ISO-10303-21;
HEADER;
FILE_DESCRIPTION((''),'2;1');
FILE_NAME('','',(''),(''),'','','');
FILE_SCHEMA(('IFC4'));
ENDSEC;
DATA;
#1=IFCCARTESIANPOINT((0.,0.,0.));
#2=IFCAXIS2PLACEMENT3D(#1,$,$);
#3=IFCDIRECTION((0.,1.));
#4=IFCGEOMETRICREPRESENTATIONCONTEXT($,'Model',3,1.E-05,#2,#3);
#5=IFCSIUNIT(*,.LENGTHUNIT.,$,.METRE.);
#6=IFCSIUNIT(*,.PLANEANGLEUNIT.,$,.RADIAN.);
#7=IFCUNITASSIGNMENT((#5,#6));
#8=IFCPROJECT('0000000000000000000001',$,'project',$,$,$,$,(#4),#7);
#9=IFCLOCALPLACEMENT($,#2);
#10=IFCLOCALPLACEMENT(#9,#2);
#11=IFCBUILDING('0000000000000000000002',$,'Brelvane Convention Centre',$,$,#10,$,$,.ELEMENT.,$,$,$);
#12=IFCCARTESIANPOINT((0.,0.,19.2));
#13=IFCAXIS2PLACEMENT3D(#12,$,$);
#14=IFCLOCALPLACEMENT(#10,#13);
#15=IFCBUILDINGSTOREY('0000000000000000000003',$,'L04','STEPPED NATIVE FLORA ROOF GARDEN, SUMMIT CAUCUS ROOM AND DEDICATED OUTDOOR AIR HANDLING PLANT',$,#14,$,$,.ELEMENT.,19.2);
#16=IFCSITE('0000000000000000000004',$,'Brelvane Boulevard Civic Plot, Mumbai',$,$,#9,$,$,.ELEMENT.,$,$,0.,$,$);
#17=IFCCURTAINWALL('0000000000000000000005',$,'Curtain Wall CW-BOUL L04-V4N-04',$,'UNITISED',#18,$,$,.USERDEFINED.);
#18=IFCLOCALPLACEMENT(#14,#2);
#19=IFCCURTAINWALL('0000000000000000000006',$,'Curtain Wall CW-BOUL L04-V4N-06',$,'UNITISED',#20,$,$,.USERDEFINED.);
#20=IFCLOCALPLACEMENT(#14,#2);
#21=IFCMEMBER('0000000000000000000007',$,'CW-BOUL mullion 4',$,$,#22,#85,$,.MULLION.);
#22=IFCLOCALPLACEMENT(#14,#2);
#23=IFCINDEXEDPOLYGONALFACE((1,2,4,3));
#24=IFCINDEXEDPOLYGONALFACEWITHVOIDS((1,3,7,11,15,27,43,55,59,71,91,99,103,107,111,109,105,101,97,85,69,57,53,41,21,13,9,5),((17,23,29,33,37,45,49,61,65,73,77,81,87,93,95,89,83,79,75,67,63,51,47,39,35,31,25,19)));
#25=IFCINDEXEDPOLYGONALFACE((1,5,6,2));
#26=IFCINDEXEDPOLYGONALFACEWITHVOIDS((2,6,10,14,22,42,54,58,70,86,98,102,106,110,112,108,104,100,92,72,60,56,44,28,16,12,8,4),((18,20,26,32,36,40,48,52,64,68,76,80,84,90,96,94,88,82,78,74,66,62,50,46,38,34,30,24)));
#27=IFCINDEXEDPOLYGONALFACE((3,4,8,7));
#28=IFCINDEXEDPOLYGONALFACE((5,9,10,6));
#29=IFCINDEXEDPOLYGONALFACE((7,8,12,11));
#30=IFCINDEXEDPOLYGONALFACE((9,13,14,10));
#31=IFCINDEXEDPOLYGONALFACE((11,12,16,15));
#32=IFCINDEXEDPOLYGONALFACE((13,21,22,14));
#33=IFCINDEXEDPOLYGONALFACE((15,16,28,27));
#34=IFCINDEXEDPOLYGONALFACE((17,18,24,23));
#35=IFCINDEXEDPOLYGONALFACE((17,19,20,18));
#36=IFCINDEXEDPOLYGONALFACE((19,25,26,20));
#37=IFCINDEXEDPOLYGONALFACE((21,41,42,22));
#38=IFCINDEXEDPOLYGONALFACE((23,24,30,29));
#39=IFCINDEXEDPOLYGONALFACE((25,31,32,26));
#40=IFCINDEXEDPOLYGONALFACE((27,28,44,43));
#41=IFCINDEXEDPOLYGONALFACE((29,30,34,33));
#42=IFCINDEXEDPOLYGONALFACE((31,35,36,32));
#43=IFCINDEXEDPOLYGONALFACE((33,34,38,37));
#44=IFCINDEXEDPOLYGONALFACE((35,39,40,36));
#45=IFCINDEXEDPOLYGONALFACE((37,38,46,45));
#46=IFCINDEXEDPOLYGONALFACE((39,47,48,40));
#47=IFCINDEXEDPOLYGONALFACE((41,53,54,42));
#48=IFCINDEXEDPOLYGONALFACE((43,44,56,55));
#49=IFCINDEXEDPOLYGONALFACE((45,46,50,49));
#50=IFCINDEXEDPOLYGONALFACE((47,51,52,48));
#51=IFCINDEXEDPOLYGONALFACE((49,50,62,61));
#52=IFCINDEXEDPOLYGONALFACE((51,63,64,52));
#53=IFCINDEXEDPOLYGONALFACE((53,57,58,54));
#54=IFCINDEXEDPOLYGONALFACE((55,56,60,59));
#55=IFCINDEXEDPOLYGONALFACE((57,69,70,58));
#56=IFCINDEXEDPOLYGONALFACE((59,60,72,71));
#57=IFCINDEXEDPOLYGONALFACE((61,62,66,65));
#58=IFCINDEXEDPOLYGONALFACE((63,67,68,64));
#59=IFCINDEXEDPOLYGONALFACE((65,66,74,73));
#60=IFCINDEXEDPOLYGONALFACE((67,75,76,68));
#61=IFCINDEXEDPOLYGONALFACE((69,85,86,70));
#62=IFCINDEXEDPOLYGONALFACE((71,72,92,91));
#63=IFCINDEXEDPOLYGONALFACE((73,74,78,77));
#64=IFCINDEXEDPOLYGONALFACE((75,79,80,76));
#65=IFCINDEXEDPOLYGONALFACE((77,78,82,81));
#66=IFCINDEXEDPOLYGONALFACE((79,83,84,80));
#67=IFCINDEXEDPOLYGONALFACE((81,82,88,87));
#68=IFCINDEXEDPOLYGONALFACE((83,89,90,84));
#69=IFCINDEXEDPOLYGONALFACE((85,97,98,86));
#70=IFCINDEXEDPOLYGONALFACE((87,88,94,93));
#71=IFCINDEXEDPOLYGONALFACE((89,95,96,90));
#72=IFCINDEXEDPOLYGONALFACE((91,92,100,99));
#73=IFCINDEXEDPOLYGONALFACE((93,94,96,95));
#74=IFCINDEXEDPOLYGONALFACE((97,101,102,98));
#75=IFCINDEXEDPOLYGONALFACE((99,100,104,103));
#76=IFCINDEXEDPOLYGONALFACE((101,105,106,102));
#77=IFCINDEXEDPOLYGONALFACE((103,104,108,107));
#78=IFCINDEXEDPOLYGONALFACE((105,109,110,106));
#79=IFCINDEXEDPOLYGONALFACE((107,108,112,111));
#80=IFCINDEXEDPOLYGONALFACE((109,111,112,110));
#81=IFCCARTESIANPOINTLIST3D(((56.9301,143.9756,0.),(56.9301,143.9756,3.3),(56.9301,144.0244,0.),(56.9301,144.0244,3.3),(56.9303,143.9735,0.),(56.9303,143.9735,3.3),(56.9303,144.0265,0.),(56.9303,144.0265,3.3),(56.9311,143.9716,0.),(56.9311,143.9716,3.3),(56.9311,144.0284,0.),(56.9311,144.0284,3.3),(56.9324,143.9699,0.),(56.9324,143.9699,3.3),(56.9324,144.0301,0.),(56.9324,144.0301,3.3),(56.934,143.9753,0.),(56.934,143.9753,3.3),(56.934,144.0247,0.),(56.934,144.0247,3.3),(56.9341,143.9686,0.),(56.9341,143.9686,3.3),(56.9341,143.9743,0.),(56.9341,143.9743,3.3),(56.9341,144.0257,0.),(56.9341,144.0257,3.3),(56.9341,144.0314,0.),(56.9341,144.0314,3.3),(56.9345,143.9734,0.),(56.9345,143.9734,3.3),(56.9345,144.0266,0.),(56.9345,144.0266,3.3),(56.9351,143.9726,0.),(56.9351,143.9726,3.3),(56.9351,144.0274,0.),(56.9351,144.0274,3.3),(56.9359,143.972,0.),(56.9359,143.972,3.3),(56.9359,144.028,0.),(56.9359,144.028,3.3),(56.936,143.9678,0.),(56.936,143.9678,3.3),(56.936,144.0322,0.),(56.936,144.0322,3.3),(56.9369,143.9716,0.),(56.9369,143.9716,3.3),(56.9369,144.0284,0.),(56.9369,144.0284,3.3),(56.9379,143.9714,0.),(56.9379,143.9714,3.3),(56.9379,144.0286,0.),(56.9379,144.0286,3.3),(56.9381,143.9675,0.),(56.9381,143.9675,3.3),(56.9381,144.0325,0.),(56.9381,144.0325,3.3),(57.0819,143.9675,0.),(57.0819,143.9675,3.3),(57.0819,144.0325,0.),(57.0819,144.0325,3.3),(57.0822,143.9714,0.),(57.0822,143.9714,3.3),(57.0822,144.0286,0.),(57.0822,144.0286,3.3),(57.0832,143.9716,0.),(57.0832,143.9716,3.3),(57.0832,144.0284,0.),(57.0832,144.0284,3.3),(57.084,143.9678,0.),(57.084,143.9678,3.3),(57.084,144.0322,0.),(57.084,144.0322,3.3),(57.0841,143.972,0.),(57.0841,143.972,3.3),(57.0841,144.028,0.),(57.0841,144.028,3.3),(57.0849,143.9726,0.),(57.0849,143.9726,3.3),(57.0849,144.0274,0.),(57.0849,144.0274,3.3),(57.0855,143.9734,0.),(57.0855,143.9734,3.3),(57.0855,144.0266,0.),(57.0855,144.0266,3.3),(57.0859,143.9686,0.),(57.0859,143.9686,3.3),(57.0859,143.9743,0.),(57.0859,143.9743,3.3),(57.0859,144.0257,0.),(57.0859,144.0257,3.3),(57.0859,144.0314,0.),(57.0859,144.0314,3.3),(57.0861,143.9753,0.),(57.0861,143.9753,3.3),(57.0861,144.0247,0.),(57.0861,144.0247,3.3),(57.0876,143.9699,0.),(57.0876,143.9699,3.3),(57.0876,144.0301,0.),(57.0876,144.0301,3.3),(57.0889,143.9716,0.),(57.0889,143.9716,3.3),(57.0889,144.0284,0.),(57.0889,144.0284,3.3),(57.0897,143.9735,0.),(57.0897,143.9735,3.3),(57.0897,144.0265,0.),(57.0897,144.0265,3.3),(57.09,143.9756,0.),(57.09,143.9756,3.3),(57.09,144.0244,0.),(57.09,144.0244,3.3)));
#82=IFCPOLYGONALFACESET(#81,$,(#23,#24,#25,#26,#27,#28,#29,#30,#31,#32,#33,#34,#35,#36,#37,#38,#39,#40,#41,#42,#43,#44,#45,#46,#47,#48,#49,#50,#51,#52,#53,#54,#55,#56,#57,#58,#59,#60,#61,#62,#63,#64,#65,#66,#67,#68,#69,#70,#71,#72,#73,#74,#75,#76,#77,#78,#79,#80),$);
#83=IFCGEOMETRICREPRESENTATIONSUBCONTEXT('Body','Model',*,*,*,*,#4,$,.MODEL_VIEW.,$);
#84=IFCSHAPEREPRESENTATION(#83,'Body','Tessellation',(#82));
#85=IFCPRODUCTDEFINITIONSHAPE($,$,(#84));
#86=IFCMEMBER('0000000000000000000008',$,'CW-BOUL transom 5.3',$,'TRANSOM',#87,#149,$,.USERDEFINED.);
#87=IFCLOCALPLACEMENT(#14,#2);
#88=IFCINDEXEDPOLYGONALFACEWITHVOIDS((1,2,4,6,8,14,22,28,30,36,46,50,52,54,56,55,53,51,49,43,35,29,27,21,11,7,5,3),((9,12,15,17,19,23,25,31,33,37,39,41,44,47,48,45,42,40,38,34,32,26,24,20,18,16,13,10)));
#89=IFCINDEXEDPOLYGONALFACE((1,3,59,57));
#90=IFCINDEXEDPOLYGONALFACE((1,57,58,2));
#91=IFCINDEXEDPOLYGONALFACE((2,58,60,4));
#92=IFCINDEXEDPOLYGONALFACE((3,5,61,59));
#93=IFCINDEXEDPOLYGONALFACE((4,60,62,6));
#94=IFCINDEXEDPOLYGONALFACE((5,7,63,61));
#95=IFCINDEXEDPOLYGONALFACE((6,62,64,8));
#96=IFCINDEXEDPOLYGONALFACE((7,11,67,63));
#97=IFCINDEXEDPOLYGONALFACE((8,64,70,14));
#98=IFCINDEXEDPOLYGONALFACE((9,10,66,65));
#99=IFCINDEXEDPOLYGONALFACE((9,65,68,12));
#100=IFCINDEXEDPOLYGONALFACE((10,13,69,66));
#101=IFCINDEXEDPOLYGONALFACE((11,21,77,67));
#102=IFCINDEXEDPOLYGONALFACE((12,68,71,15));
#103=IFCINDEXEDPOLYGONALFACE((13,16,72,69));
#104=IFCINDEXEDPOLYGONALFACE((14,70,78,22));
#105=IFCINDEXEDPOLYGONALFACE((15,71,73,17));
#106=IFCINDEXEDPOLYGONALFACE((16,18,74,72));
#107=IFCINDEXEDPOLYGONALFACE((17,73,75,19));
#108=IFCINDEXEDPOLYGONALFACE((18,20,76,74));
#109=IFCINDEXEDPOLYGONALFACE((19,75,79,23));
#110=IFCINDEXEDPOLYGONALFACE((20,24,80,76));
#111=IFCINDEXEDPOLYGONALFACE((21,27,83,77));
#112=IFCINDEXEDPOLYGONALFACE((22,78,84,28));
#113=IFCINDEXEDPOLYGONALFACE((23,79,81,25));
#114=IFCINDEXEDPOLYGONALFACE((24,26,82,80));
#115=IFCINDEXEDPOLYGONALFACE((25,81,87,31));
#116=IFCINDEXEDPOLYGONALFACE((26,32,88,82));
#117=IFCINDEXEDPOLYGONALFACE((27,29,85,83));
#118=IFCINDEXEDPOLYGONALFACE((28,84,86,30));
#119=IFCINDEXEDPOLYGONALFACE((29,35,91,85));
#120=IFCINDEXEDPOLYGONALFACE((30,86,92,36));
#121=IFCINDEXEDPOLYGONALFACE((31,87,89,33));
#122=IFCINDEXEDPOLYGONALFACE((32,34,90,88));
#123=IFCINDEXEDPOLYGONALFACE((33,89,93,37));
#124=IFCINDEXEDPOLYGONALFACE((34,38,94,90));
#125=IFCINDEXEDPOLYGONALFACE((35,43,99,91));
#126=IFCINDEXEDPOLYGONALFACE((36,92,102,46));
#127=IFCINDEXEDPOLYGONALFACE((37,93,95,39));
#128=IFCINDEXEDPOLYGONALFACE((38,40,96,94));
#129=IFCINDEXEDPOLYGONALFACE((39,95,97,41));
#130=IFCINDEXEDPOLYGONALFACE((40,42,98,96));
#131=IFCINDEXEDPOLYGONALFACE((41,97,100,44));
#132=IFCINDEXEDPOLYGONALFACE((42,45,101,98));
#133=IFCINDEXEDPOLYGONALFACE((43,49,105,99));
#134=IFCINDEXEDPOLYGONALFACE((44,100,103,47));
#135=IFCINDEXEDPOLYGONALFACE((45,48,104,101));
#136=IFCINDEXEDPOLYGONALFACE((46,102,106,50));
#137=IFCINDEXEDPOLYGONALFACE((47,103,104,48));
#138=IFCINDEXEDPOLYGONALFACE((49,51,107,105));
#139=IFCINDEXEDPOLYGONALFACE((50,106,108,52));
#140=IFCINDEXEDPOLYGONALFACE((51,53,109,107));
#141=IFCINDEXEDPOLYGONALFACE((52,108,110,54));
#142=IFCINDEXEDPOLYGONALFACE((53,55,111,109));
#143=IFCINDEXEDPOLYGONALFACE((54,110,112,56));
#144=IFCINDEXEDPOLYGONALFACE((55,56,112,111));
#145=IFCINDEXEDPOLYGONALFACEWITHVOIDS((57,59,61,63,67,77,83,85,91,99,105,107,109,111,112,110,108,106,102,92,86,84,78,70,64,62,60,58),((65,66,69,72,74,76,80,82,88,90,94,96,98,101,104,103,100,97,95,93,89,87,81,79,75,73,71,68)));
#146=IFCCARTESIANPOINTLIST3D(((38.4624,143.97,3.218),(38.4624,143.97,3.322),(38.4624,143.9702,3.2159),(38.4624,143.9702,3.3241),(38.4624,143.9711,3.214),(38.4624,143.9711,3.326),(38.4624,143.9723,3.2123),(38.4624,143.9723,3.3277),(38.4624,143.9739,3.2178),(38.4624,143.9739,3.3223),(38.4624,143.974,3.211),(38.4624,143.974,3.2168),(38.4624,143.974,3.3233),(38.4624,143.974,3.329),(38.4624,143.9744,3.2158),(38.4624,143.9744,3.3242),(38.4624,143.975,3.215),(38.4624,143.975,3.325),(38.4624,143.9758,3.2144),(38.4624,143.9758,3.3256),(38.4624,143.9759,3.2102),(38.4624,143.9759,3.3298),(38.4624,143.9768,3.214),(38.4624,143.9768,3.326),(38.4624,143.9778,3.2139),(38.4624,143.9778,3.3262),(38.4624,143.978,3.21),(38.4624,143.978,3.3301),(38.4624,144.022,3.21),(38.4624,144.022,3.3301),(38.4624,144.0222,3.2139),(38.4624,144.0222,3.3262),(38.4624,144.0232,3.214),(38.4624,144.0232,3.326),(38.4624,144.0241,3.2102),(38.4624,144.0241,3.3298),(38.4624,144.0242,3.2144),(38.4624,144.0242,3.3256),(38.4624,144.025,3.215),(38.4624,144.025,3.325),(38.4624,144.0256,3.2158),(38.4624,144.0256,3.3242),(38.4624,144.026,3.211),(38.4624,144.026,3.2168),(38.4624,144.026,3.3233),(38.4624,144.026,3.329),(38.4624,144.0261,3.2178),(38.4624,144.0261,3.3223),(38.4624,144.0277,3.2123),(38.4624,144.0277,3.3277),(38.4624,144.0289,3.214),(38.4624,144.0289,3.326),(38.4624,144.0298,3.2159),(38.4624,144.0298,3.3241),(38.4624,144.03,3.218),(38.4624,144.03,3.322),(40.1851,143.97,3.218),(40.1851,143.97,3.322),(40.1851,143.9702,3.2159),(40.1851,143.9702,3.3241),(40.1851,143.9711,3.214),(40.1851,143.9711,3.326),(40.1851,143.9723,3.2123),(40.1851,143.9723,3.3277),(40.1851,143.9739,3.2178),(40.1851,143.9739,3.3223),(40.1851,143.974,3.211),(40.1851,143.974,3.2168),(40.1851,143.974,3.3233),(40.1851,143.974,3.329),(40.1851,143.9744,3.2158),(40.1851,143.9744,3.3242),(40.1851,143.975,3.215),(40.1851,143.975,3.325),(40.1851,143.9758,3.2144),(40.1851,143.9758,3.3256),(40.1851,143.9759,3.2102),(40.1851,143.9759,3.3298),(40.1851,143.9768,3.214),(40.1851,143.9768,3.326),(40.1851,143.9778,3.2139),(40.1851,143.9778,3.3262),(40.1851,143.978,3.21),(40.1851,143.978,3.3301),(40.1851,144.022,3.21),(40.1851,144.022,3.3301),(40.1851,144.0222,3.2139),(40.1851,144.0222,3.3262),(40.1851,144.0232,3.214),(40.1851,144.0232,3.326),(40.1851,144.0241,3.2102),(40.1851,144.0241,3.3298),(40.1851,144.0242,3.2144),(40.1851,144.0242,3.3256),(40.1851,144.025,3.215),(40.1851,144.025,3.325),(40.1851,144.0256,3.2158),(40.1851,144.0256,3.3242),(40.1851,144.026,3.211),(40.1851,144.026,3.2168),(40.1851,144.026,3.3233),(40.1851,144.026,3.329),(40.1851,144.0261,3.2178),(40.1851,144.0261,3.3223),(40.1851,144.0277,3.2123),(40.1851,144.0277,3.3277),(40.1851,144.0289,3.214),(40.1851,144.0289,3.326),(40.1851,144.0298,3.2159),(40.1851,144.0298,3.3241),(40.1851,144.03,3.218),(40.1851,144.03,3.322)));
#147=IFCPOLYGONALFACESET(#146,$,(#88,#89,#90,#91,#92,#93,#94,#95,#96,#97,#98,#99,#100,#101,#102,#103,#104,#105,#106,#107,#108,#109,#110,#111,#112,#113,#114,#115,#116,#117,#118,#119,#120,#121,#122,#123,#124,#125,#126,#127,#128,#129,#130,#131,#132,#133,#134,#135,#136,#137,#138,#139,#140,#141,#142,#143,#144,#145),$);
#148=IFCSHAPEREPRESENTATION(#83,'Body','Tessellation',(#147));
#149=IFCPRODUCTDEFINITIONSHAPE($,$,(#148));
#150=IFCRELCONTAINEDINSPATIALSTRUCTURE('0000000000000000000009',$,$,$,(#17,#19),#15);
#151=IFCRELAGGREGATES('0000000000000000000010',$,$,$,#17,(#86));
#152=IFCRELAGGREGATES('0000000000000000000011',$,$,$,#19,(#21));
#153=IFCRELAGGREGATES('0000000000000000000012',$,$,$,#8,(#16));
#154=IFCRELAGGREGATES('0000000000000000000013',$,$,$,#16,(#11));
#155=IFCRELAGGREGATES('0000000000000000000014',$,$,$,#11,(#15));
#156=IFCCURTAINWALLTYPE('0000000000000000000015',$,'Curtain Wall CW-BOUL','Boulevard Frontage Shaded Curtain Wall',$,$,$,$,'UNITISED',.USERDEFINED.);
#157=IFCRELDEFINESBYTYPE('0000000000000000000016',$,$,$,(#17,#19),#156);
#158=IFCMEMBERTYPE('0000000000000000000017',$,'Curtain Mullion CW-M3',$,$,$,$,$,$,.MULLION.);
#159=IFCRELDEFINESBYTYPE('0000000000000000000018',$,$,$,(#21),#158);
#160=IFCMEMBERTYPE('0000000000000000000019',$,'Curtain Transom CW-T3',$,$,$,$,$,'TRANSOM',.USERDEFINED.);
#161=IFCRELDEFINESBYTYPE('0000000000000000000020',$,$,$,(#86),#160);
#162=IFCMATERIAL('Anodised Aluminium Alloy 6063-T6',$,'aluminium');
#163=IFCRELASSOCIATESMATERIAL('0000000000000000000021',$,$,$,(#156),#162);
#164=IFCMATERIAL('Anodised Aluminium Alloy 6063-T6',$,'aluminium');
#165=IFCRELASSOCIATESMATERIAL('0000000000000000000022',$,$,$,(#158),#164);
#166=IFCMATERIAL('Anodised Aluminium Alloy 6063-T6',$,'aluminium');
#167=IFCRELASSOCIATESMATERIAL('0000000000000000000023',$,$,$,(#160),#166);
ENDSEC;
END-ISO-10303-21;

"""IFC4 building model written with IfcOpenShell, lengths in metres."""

from ifc_helpers import new_model, si_unit, direction, frame, origin, origin_2d, place, context, subcontext, project, spatial, hollow_rectangle, extrude, material, material_profile, profile_set, type_object, element, aggregate, save


model = new_model("IFC4")

# Units and contexts
model_context = context("Model", 3, precision=1e-05, world=origin(), true_north=direction((0.0, 1.0)))
body_context = subcontext(model_context, "Body", "Model", "MODEL_VIEW")
ifc_project = project(units=[si_unit("LENGTHUNIT", "METRE"), si_unit("PLANEANGLEUNIT", "RADIAN")], contexts=[model_context])

# Site, building, storey
site_placement = place(None, origin())
site = spatial("IfcSite", under=ifc_project, at=site_placement, Name="Brelvane Boulevard Civic Plot, Mumbai", CompositionType="ELEMENT", RefElevation=0.0)
building_placement = place(site_placement, origin())
building = spatial("IfcBuilding", under=site, at=building_placement, Name="Brelvane Convention Centre", CompositionType="ELEMENT")
storey_placement = place(building_placement, frame((0.0, 0.0, 19.2)))
storey = spatial("IfcBuildingStorey", under=building, at=storey_placement, Name="L04", Description="STEPPED NATIVE FLORA ROOF GARDEN, SUMMIT CAUCUS ROOM AND DEDICATED OUTDOOR AIR HANDLING PLANT", CompositionType="ELEMENT", Elevation=19.2)

# Curtain wall
ifc_material_1 = material(Name="Anodised Aluminium Alloy 6063-T6", Category="aluminium")
curtain_wall_type = type_object("IfcCurtainWallType", Name="Curtain Wall CW-BOUL", Description="Boulevard Frontage Shaded Curtain Wall", ElementType="UNITISED", PredefinedType="USERDEFINED", material=ifc_material_1)
curtain_wall_1_placement = place(storey_placement, origin())
curtain_wall_1 = element("IfcCurtainWall", 1, at=curtain_wall_1_placement, inside=storey, type_object=curtain_wall_type, Name="Curtain Wall CW-BOUL L04-V4N-04", ObjectType="UNITISED", PredefinedType="USERDEFINED")
ifc_material_2 = material(Name="Anodised Aluminium Alloy 6063-T6", Category="aluminium")
ifc_material_profile_1 = material_profile(ifc_material_2, hollow_rectangle(XDim=0.0649, YDim=0.1599, WallThickness=0.0039, InnerFilletRadius=0.0039, OuterFilletRadius=0.0081, at=origin_2d()), Name="ALU-M 160x65x4.0")
ifc_profile_set_1 = profile_set([ifc_material_profile_1], Name="Anodised Aluminium Alloy 6063-T6")
member_type_1 = type_object("IfcMemberType", Name="Curtain Mullion CW-M3", PredefinedType="MULLION", material=ifc_profile_set_1)

# Curtain wall, member
curtain_wall_2_placement = place(storey_placement, origin())
curtain_wall_2 = element("IfcCurtainWall", 2, at=curtain_wall_2_placement, inside=storey, type_object=curtain_wall_type, Name="Curtain Wall CW-BOUL L04-V4N-06", ObjectType="UNITISED", PredefinedType="USERDEFINED")
member_1_placement = place(storey_placement, frame((57.01, 144.0, 0.0), z_axis=(0.0, 0.0, 1.0), x_axis=(0.0, 1.0, 0.0)))
member_1 = element("IfcMember", 3, at=member_1_placement, type_object=member_type_1, Name="CW-BOUL mullion 4", PredefinedType="MULLION", context=body_context, shape_type="SweptSolid", body=[
    extrude(hollow_rectangle(XDim=0.0649, YDim=0.1599, WallThickness=0.0039, InnerFilletRadius=0.0039, OuterFilletRadius=0.0081, at=origin_2d()), origin(), (0.0, 0.0, 1.0), 3.3),
])

# Member
ifc_material_3 = material(Name="Anodised Aluminium Alloy 6063-T6", Category="aluminium")
ifc_material_profile_2 = material_profile(ifc_material_3, hollow_rectangle(XDim=0.0601, YDim=0.1201, WallThickness=0.0039, InnerFilletRadius=0.0039, OuterFilletRadius=0.0081, at=origin_2d()), Name="ALU-T 120x60x4.0")
ifc_profile_set_2 = profile_set([ifc_material_profile_2], Name="Anodised Aluminium Alloy 6063-T6")
member_type_2 = type_object("IfcMemberType", Name="Curtain Transom CW-T3", ElementType="TRANSOM", PredefinedType="USERDEFINED", material=ifc_profile_set_2)
member_2_placement = place(storey_placement, frame((38.4624, 144.0, 3.27), z_axis=(1.0, 0.0, 0.0), x_axis=(0.0, 1.0, 0.0)))
member_2 = element("IfcMember", 4, at=member_2_placement, type_object=member_type_2, Name="CW-BOUL transom 5.3", ObjectType="TRANSOM", PredefinedType="USERDEFINED", context=body_context, shape_type="SweptSolid", body=[
    extrude(hollow_rectangle(XDim=0.0601, YDim=0.1201, WallThickness=0.0039, InnerFilletRadius=0.0039, OuterFilletRadius=0.0081, at=origin_2d()), origin(), (0.0, 0.0, 1.0), 1.7227),
])

aggregate(curtain_wall_1, [member_2])
aggregate(curtain_wall_2, [member_1])

save(model, "model.ifc")
